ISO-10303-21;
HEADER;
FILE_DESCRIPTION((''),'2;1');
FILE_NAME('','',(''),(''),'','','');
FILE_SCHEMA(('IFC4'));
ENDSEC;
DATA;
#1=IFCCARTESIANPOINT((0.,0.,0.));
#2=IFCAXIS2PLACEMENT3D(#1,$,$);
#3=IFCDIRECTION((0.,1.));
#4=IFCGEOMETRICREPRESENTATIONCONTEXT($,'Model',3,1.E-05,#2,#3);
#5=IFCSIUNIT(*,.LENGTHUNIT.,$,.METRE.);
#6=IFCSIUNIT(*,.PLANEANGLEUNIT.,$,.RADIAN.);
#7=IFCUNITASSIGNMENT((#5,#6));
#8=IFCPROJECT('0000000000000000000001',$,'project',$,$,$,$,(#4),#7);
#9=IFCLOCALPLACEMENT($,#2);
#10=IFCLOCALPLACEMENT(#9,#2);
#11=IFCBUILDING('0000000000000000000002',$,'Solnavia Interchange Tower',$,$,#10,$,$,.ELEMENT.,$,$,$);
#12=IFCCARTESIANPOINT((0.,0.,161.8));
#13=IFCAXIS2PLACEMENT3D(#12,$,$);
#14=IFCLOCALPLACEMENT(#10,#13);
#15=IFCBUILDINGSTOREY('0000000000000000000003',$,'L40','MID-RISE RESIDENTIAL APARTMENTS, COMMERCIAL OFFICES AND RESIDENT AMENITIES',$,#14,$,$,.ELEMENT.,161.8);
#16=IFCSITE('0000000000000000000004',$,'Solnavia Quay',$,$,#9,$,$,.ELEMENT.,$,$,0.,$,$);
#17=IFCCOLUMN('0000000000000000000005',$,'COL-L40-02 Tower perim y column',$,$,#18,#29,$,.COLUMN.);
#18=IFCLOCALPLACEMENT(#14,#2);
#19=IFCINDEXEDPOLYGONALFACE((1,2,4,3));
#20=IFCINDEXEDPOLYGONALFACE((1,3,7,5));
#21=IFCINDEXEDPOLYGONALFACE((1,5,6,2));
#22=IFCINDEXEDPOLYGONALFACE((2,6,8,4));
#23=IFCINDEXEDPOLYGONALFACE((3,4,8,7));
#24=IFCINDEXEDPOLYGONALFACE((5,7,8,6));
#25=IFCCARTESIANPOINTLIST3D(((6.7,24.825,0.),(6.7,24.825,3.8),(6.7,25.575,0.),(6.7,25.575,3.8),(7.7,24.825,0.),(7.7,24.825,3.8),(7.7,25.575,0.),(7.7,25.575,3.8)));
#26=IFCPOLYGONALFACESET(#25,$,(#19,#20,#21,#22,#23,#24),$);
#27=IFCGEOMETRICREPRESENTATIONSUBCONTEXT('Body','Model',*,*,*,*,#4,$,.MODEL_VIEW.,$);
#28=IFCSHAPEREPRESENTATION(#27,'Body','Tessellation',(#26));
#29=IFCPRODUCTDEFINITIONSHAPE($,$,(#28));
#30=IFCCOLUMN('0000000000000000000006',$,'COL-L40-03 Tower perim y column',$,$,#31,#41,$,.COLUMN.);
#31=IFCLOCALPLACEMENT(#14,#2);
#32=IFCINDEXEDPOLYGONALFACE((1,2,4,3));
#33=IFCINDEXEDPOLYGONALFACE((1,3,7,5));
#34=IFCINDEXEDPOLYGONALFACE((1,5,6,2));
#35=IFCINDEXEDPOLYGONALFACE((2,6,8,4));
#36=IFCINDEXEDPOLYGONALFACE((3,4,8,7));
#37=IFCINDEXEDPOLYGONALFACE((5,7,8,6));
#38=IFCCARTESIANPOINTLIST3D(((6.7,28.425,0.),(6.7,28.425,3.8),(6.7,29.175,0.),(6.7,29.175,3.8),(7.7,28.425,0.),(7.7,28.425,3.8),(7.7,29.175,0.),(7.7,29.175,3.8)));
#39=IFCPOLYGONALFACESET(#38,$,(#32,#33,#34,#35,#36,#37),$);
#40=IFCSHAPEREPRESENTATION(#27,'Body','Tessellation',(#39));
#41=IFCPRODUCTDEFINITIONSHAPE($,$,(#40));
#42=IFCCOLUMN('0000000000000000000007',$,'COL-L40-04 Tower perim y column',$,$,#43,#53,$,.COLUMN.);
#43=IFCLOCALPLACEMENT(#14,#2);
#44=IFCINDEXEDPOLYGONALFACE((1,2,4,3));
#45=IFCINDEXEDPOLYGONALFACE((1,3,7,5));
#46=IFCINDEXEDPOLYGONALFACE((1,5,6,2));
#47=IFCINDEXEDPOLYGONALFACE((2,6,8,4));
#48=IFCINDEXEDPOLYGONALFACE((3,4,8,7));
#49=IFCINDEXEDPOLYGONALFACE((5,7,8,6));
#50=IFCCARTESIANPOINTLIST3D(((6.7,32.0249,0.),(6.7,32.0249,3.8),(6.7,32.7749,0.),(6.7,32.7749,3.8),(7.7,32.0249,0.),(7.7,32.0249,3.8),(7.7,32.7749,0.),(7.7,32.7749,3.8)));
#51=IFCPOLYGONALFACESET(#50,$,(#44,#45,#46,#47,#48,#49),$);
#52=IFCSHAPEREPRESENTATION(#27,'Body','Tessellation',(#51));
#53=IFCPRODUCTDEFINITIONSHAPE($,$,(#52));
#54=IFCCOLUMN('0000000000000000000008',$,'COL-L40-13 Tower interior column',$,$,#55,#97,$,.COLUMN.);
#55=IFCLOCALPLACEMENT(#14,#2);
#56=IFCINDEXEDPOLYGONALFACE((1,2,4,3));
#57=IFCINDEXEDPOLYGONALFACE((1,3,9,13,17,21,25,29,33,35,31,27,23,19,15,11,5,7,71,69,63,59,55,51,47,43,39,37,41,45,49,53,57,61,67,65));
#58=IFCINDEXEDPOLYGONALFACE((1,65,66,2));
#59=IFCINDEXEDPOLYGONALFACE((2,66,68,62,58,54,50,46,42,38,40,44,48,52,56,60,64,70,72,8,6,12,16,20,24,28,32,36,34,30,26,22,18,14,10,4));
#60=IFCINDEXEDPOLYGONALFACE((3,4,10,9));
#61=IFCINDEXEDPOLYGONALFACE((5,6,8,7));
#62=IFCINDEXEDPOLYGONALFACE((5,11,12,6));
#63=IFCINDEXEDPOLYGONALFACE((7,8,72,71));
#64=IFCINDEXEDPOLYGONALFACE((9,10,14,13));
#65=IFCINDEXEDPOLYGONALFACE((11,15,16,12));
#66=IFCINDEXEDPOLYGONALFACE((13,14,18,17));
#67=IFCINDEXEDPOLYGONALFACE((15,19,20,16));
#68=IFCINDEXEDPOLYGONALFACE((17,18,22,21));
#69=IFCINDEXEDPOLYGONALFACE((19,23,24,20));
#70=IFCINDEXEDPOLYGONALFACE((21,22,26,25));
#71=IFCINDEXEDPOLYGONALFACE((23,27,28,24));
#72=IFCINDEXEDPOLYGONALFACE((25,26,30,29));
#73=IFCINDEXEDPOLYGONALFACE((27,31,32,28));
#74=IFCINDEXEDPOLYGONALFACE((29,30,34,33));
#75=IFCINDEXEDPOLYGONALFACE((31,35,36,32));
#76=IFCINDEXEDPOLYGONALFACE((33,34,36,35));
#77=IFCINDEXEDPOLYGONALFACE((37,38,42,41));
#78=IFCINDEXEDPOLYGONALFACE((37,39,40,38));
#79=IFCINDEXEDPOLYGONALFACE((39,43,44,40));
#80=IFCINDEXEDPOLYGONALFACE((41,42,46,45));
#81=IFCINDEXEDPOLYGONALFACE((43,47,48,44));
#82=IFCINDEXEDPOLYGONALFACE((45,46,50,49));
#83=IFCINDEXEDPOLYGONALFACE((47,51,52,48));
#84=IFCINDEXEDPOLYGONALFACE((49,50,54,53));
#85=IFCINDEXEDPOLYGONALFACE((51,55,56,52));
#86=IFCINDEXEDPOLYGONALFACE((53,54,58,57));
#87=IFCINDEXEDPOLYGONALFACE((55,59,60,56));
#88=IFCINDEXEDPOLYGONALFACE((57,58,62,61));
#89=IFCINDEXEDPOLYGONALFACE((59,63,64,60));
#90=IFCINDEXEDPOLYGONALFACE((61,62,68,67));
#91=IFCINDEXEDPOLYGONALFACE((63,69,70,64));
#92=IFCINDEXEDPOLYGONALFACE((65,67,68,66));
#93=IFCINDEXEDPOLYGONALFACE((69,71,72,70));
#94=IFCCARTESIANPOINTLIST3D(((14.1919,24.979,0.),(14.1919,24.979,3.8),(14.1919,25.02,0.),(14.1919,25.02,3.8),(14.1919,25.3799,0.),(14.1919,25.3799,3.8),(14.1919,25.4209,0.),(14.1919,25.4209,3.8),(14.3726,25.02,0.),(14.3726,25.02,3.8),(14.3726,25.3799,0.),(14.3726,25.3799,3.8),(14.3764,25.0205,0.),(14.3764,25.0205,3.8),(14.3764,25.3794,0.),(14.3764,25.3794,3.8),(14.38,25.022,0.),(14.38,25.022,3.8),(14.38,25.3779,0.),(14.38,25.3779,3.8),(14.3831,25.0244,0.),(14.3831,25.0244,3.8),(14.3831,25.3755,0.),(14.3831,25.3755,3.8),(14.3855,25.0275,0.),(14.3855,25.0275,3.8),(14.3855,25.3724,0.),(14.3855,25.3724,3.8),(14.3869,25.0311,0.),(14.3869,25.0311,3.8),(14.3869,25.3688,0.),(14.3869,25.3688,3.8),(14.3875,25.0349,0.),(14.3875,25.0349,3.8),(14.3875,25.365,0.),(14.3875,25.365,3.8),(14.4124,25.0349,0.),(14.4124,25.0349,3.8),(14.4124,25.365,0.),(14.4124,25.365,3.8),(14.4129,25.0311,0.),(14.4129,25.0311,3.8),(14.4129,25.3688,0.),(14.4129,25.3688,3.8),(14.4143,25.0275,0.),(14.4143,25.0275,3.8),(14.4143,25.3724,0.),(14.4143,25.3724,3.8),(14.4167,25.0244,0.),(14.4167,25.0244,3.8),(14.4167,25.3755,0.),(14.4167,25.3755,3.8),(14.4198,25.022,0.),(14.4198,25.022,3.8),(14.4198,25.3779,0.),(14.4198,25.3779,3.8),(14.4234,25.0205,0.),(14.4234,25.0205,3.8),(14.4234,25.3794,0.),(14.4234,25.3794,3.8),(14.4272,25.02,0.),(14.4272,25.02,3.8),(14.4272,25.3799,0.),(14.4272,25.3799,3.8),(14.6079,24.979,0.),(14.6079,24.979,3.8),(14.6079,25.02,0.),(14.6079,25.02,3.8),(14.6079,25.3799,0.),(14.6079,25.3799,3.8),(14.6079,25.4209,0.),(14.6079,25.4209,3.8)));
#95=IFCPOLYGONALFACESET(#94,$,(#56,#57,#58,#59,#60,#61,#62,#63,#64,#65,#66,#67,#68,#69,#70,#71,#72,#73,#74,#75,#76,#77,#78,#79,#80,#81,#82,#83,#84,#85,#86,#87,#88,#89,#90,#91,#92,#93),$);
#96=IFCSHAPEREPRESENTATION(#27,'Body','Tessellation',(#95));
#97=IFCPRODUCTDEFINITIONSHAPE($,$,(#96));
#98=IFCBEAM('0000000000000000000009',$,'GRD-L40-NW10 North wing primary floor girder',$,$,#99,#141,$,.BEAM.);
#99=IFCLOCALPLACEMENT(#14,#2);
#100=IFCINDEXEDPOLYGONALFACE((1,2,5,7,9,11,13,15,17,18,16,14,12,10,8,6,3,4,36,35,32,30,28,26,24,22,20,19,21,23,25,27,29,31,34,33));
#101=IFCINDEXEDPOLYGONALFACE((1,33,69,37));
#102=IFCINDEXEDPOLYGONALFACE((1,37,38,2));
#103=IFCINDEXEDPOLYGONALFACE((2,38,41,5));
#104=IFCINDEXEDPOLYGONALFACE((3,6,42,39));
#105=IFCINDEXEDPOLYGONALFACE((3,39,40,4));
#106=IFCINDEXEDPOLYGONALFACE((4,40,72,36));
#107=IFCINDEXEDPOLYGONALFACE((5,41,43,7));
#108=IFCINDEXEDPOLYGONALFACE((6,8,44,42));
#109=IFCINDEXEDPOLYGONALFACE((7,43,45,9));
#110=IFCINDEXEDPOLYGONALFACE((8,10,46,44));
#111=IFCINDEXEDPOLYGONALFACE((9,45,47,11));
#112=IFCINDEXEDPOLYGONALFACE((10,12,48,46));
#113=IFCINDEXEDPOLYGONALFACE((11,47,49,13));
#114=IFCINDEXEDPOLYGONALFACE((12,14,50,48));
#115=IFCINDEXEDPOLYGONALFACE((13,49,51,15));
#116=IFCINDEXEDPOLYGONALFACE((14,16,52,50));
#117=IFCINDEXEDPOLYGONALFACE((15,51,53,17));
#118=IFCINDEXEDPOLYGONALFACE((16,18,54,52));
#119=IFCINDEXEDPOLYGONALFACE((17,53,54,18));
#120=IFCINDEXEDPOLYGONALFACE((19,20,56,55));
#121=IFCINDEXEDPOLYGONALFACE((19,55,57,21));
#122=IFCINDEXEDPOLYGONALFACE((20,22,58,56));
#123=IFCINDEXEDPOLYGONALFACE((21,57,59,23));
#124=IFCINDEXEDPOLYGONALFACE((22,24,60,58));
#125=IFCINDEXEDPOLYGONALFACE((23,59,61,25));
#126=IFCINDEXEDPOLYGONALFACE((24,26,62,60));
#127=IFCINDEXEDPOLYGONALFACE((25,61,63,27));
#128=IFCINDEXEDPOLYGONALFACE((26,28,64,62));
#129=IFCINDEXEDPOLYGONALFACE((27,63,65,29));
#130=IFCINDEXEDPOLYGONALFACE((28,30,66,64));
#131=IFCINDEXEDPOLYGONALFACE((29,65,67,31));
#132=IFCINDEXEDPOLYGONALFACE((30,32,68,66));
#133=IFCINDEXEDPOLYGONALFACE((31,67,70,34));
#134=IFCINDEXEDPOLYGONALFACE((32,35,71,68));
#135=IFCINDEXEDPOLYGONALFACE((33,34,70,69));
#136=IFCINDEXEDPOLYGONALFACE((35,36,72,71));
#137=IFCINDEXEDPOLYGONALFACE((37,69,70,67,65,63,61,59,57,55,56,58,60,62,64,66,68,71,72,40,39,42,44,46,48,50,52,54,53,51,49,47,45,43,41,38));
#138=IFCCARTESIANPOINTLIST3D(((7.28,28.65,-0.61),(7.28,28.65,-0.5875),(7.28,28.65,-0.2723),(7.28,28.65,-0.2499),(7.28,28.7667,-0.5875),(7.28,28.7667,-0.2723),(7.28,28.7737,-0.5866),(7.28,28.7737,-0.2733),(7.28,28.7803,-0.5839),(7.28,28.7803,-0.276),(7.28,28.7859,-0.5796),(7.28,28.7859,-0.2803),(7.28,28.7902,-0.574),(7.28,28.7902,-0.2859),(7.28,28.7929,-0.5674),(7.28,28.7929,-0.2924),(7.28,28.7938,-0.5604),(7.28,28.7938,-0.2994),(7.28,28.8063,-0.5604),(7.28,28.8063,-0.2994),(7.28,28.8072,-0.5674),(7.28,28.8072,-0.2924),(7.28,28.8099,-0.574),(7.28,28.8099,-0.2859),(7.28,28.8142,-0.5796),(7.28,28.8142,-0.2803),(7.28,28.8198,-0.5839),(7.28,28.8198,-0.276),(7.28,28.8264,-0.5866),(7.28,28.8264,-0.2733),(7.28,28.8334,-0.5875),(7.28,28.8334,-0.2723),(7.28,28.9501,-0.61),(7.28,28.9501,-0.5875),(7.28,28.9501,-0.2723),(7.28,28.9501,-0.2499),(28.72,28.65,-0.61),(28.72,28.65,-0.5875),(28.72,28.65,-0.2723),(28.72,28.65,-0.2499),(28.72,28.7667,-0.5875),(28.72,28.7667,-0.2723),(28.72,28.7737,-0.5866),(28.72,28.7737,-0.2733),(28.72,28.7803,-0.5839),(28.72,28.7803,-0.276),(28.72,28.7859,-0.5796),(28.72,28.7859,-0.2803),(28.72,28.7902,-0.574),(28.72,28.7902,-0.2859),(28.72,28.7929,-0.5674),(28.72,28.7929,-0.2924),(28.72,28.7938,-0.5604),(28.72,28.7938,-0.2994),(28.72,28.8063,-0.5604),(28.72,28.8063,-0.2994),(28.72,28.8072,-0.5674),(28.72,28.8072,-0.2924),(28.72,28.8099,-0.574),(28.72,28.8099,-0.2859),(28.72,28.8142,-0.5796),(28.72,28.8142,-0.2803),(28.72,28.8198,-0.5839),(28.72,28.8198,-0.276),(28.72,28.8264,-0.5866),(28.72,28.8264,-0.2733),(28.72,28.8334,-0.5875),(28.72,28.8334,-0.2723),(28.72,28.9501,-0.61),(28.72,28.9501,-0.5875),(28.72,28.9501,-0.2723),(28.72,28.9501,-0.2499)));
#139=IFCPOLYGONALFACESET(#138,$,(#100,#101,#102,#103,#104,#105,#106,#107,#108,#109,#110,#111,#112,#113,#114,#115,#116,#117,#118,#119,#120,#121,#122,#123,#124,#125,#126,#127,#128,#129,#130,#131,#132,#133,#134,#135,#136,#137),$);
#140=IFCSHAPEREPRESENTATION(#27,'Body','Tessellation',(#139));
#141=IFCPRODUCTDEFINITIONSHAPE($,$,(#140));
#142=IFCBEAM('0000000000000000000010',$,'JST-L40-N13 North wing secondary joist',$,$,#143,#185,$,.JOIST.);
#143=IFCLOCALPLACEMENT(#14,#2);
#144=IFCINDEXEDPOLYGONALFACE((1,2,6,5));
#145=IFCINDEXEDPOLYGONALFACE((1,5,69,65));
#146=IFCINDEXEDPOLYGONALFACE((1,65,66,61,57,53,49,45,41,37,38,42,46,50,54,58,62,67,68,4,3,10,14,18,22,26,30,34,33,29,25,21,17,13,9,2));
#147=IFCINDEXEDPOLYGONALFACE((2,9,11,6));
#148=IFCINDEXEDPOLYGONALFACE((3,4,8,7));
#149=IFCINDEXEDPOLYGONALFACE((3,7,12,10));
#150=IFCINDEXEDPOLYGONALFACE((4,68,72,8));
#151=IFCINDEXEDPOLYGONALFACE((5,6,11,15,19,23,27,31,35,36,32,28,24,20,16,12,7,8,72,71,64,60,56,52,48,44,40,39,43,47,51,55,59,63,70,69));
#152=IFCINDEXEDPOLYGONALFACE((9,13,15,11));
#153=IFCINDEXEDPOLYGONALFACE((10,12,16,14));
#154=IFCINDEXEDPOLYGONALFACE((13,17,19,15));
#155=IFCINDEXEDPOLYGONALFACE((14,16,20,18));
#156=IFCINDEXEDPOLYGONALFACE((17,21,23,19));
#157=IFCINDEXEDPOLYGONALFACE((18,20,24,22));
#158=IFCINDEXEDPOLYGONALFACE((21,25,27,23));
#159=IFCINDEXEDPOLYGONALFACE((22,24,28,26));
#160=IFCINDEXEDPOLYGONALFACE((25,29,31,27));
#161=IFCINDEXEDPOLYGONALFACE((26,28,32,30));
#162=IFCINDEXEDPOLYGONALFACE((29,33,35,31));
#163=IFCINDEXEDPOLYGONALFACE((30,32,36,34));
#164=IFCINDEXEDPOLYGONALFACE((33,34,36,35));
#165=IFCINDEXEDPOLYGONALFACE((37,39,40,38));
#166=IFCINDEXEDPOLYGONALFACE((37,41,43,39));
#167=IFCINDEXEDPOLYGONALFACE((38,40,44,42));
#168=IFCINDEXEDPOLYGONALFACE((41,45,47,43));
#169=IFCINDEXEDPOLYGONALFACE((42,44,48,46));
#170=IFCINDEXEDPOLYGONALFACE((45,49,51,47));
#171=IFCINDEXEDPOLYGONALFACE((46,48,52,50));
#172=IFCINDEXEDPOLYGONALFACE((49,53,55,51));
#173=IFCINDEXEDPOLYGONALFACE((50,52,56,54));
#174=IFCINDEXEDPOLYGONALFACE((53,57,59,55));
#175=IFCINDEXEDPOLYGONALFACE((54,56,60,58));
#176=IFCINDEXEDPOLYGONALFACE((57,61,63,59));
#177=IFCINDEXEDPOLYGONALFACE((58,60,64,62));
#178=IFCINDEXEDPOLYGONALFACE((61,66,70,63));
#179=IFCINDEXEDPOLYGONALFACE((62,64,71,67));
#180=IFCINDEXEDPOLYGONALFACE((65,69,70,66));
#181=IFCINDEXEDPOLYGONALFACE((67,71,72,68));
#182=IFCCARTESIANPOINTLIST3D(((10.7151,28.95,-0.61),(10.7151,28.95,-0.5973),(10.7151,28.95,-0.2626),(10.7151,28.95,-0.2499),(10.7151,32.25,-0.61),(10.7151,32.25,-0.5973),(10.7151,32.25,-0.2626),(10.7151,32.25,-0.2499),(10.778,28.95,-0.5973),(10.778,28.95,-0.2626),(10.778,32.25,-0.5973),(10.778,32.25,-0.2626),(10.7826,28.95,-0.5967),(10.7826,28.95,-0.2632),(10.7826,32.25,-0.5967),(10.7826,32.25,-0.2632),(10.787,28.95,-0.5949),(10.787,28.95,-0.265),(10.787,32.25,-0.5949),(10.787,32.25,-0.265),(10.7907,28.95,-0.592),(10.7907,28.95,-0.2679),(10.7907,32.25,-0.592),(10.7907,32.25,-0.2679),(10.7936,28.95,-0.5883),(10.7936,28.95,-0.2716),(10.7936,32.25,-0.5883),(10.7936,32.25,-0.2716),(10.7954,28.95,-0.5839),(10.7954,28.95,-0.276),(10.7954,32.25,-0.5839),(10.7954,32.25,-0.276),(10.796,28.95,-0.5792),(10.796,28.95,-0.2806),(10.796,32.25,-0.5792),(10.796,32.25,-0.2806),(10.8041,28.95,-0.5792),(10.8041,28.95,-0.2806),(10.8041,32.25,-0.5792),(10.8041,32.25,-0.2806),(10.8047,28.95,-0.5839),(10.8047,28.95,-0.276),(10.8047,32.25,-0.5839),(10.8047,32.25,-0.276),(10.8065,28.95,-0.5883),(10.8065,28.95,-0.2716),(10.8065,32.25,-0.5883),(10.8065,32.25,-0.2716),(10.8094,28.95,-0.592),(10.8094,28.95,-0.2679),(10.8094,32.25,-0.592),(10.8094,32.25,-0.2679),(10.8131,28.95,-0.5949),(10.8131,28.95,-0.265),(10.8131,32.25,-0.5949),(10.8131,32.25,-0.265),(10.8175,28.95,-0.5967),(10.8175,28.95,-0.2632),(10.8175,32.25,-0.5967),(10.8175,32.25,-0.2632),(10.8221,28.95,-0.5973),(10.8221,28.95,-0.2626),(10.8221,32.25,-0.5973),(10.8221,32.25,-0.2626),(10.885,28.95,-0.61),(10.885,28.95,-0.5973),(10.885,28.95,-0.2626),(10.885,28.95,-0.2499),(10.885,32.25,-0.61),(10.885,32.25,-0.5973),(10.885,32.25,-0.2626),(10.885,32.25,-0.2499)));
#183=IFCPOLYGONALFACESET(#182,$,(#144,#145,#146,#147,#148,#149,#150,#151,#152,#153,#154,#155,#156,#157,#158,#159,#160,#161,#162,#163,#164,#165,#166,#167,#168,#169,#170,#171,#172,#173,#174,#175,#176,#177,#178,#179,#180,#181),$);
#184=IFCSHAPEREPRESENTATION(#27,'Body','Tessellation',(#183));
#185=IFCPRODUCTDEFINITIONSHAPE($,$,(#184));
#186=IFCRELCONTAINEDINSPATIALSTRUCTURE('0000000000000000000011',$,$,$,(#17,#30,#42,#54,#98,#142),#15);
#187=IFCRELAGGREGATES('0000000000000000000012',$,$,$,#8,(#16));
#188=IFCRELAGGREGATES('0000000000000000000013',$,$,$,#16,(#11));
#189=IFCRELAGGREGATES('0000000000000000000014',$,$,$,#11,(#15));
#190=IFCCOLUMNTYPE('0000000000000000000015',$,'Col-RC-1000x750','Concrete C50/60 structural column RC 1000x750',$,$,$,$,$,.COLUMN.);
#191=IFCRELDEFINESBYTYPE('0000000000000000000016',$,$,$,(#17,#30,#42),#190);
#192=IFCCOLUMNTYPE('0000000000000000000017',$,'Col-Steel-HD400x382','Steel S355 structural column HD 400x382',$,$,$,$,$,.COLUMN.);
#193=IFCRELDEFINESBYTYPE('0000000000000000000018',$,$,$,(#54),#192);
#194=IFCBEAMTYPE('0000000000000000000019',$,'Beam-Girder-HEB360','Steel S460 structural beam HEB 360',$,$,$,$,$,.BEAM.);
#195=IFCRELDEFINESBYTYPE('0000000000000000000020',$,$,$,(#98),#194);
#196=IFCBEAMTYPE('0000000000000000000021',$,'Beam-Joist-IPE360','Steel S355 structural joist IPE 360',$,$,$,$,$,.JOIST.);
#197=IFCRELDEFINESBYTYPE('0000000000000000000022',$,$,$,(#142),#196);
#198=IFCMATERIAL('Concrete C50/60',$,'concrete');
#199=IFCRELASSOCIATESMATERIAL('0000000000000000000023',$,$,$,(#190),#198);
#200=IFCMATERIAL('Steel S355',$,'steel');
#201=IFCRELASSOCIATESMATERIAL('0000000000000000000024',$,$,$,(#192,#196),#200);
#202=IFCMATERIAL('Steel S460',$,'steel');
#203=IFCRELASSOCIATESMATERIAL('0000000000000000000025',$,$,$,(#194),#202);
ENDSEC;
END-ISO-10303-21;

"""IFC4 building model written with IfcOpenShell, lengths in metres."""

from ifc_helpers import new_model, si_unit, direction, frame, origin, origin_2d, place, context, subcontext, project, spatial, rectangle, i_section, extrude, material, material_profile, profile_set, type_object, element, save


model = new_model("IFC4")

# Units and contexts
model_context = context("Model", 3, precision=1e-05, world=origin(), true_north=direction((0.0, 1.0)))
body_context = subcontext(model_context, "Body", "Model", "MODEL_VIEW")
ifc_project = project(units=[si_unit("LENGTHUNIT", "METRE"), si_unit("PLANEANGLEUNIT", "RADIAN")], contexts=[model_context])

# Site, building, storey
site_placement = place(None, origin())
site = spatial("IfcSite", under=ifc_project, at=site_placement, Name="Solnavia Quay", CompositionType="ELEMENT", RefElevation=0.0)
building_placement = place(site_placement, origin())
building = spatial("IfcBuilding", under=site, at=building_placement, Name="Solnavia Interchange Tower", CompositionType="ELEMENT")
storey_placement = place(building_placement, frame((0.0, 0.0, 161.8)))
storey = spatial("IfcBuildingStorey", under=building, at=storey_placement, Name="L40", Description="MID-RISE RESIDENTIAL APARTMENTS, COMMERCIAL OFFICES AND RESIDENT AMENITIES", CompositionType="ELEMENT", Elevation=161.8)

# Columns
ifc_material_1 = material(Name="Concrete C50/60", Category="concrete")
ifc_material_profile_1 = material_profile(ifc_material_1, rectangle(XDim=0.75, YDim=1.0, at=origin_2d()), Name="RC 1000x750")
ifc_profile_set_1 = profile_set([ifc_material_profile_1], Name="Concrete C50/60")
column_type_1 = type_object("IfcColumnType", Name="Col-RC-1000x750", Description="Concrete C50/60 structural column RC 1000x750", PredefinedType="COLUMN", material=ifc_profile_set_1)
for number, where, z_axis, x_axis, name in (
    (1, (7.2, 25.2, 0.0), (0.0, 0.0, 1.0), (0.0, 1.0, 0.0), "COL-L40-02 Tower perim y column"),
    (2, (7.2, 28.8, 0.0), (0.0, 0.0, 1.0), (0.0, 1.0, 0.0), "COL-L40-03 Tower perim y column"),
    (3, (7.2, 32.3999, 0.0), (0.0, 0.0, 1.0), (0.0, 1.0, 0.0), "COL-L40-04 Tower perim y column"),
):
    element("IfcColumn", number, at=place(storey_placement, frame(where, z_axis=z_axis, x_axis=x_axis)), inside=storey, type_object=column_type_1, Name=name, PredefinedType="COLUMN", context=body_context, shape_type="SweptSolid", body=[
        extrude(rectangle(XDim=0.75, YDim=1.0, at=origin_2d()), origin(), (0.0, 0.0, 1.0), 3.8),
    ])
ifc_material_2 = material(Name="Steel S355", Category="steel")
ifc_material_profile_2 = material_profile(ifc_material_2, i_section(OverallWidth=0.416, OverallDepth=0.4419, WebThickness=0.0249, FlangeThickness=0.041, FilletRadius=0.0149, at=origin_2d()), Name="HD 400x382")
ifc_profile_set_2 = profile_set([ifc_material_profile_2], Name="Steel S355")
column_type_2 = type_object("IfcColumnType", Name="Col-Steel-HD400x382", Description="Steel S355 structural column HD 400x382", PredefinedType="COLUMN", material=ifc_profile_set_2)
column_placement = place(storey_placement, frame((14.3999, 25.2, 0.0), z_axis=(0.0, 0.0, 1.0), x_axis=(1.0, 0.0, 0.0)))
element("IfcColumn", 4, at=column_placement, inside=storey, type_object=column_type_2, Name="COL-L40-13 Tower interior column", PredefinedType="COLUMN", context=body_context, shape_type="SweptSolid", body=[
    extrude(i_section(OverallWidth=0.416, OverallDepth=0.4419, WebThickness=0.0249, FlangeThickness=0.041, FilletRadius=0.0149, at=origin_2d()), origin(), (0.0, 0.0, 1.0), 3.8),
])

# Beams
ifc_material_3 = material(Name="Steel S460", Category="steel")
ifc_material_profile_3 = material_profile(ifc_material_3, i_section(OverallWidth=0.3, OverallDepth=0.3601, WebThickness=0.0125, FlangeThickness=0.0225, FilletRadius=0.0271, at=origin_2d()), Name="HEB 360")
ifc_profile_set_3 = profile_set([ifc_material_profile_3], Name="Steel S460")
beam_type_1 = type_object("IfcBeamType", Name="Beam-Girder-HEB360", Description="Steel S460 structural beam HEB 360", PredefinedType="BEAM", material=ifc_profile_set_3)
beam_1_placement = place(storey_placement, frame((7.28, 28.8, -0.4299), z_axis=(1.0, 0.0, 0.0), x_axis=(0.0, 1.0, 0.0)))
element("IfcBeam", 5, at=beam_1_placement, inside=storey, type_object=beam_type_1, Name="GRD-L40-NW10 North wing primary floor girder", PredefinedType="BEAM", context=body_context, shape_type="SweptSolid", body=[
    extrude(i_section(OverallWidth=0.3, OverallDepth=0.3601, WebThickness=0.0125, FlangeThickness=0.0225, FilletRadius=0.0271, at=origin_2d()), origin(), (0.0, 0.0, 1.0), 21.4399),
])
ifc_material_profile_4 = material_profile(ifc_material_2, i_section(OverallWidth=0.1699, OverallDepth=0.3601, WebThickness=0.0081, FlangeThickness=0.0127, FilletRadius=0.0181, at=origin_2d()), Name="IPE 360")
ifc_profile_set_4 = profile_set([ifc_material_profile_4], Name="Steel S355")
beam_type_2 = type_object("IfcBeamType", Name="Beam-Joist-IPE360", Description="Steel S355 structural joist IPE 360", PredefinedType="JOIST", material=ifc_profile_set_4)
beam_2_placement = place(storey_placement, frame((10.8, 28.95, -0.4299), z_axis=(0.0, 1.0, 0.0), x_axis=(-1.0, 0.0, 0.0)))
element("IfcBeam", 6, at=beam_2_placement, inside=storey, type_object=beam_type_2, Name="JST-L40-N13 North wing secondary joist", PredefinedType="JOIST", context=body_context, shape_type="SweptSolid", body=[
    extrude(i_section(OverallWidth=0.1699, OverallDepth=0.3601, WebThickness=0.0081, FlangeThickness=0.0127, FilletRadius=0.0181, at=origin_2d()), origin(), (0.0, 0.0, 1.0), 3.3),
])

save(model, "model.ifc")
